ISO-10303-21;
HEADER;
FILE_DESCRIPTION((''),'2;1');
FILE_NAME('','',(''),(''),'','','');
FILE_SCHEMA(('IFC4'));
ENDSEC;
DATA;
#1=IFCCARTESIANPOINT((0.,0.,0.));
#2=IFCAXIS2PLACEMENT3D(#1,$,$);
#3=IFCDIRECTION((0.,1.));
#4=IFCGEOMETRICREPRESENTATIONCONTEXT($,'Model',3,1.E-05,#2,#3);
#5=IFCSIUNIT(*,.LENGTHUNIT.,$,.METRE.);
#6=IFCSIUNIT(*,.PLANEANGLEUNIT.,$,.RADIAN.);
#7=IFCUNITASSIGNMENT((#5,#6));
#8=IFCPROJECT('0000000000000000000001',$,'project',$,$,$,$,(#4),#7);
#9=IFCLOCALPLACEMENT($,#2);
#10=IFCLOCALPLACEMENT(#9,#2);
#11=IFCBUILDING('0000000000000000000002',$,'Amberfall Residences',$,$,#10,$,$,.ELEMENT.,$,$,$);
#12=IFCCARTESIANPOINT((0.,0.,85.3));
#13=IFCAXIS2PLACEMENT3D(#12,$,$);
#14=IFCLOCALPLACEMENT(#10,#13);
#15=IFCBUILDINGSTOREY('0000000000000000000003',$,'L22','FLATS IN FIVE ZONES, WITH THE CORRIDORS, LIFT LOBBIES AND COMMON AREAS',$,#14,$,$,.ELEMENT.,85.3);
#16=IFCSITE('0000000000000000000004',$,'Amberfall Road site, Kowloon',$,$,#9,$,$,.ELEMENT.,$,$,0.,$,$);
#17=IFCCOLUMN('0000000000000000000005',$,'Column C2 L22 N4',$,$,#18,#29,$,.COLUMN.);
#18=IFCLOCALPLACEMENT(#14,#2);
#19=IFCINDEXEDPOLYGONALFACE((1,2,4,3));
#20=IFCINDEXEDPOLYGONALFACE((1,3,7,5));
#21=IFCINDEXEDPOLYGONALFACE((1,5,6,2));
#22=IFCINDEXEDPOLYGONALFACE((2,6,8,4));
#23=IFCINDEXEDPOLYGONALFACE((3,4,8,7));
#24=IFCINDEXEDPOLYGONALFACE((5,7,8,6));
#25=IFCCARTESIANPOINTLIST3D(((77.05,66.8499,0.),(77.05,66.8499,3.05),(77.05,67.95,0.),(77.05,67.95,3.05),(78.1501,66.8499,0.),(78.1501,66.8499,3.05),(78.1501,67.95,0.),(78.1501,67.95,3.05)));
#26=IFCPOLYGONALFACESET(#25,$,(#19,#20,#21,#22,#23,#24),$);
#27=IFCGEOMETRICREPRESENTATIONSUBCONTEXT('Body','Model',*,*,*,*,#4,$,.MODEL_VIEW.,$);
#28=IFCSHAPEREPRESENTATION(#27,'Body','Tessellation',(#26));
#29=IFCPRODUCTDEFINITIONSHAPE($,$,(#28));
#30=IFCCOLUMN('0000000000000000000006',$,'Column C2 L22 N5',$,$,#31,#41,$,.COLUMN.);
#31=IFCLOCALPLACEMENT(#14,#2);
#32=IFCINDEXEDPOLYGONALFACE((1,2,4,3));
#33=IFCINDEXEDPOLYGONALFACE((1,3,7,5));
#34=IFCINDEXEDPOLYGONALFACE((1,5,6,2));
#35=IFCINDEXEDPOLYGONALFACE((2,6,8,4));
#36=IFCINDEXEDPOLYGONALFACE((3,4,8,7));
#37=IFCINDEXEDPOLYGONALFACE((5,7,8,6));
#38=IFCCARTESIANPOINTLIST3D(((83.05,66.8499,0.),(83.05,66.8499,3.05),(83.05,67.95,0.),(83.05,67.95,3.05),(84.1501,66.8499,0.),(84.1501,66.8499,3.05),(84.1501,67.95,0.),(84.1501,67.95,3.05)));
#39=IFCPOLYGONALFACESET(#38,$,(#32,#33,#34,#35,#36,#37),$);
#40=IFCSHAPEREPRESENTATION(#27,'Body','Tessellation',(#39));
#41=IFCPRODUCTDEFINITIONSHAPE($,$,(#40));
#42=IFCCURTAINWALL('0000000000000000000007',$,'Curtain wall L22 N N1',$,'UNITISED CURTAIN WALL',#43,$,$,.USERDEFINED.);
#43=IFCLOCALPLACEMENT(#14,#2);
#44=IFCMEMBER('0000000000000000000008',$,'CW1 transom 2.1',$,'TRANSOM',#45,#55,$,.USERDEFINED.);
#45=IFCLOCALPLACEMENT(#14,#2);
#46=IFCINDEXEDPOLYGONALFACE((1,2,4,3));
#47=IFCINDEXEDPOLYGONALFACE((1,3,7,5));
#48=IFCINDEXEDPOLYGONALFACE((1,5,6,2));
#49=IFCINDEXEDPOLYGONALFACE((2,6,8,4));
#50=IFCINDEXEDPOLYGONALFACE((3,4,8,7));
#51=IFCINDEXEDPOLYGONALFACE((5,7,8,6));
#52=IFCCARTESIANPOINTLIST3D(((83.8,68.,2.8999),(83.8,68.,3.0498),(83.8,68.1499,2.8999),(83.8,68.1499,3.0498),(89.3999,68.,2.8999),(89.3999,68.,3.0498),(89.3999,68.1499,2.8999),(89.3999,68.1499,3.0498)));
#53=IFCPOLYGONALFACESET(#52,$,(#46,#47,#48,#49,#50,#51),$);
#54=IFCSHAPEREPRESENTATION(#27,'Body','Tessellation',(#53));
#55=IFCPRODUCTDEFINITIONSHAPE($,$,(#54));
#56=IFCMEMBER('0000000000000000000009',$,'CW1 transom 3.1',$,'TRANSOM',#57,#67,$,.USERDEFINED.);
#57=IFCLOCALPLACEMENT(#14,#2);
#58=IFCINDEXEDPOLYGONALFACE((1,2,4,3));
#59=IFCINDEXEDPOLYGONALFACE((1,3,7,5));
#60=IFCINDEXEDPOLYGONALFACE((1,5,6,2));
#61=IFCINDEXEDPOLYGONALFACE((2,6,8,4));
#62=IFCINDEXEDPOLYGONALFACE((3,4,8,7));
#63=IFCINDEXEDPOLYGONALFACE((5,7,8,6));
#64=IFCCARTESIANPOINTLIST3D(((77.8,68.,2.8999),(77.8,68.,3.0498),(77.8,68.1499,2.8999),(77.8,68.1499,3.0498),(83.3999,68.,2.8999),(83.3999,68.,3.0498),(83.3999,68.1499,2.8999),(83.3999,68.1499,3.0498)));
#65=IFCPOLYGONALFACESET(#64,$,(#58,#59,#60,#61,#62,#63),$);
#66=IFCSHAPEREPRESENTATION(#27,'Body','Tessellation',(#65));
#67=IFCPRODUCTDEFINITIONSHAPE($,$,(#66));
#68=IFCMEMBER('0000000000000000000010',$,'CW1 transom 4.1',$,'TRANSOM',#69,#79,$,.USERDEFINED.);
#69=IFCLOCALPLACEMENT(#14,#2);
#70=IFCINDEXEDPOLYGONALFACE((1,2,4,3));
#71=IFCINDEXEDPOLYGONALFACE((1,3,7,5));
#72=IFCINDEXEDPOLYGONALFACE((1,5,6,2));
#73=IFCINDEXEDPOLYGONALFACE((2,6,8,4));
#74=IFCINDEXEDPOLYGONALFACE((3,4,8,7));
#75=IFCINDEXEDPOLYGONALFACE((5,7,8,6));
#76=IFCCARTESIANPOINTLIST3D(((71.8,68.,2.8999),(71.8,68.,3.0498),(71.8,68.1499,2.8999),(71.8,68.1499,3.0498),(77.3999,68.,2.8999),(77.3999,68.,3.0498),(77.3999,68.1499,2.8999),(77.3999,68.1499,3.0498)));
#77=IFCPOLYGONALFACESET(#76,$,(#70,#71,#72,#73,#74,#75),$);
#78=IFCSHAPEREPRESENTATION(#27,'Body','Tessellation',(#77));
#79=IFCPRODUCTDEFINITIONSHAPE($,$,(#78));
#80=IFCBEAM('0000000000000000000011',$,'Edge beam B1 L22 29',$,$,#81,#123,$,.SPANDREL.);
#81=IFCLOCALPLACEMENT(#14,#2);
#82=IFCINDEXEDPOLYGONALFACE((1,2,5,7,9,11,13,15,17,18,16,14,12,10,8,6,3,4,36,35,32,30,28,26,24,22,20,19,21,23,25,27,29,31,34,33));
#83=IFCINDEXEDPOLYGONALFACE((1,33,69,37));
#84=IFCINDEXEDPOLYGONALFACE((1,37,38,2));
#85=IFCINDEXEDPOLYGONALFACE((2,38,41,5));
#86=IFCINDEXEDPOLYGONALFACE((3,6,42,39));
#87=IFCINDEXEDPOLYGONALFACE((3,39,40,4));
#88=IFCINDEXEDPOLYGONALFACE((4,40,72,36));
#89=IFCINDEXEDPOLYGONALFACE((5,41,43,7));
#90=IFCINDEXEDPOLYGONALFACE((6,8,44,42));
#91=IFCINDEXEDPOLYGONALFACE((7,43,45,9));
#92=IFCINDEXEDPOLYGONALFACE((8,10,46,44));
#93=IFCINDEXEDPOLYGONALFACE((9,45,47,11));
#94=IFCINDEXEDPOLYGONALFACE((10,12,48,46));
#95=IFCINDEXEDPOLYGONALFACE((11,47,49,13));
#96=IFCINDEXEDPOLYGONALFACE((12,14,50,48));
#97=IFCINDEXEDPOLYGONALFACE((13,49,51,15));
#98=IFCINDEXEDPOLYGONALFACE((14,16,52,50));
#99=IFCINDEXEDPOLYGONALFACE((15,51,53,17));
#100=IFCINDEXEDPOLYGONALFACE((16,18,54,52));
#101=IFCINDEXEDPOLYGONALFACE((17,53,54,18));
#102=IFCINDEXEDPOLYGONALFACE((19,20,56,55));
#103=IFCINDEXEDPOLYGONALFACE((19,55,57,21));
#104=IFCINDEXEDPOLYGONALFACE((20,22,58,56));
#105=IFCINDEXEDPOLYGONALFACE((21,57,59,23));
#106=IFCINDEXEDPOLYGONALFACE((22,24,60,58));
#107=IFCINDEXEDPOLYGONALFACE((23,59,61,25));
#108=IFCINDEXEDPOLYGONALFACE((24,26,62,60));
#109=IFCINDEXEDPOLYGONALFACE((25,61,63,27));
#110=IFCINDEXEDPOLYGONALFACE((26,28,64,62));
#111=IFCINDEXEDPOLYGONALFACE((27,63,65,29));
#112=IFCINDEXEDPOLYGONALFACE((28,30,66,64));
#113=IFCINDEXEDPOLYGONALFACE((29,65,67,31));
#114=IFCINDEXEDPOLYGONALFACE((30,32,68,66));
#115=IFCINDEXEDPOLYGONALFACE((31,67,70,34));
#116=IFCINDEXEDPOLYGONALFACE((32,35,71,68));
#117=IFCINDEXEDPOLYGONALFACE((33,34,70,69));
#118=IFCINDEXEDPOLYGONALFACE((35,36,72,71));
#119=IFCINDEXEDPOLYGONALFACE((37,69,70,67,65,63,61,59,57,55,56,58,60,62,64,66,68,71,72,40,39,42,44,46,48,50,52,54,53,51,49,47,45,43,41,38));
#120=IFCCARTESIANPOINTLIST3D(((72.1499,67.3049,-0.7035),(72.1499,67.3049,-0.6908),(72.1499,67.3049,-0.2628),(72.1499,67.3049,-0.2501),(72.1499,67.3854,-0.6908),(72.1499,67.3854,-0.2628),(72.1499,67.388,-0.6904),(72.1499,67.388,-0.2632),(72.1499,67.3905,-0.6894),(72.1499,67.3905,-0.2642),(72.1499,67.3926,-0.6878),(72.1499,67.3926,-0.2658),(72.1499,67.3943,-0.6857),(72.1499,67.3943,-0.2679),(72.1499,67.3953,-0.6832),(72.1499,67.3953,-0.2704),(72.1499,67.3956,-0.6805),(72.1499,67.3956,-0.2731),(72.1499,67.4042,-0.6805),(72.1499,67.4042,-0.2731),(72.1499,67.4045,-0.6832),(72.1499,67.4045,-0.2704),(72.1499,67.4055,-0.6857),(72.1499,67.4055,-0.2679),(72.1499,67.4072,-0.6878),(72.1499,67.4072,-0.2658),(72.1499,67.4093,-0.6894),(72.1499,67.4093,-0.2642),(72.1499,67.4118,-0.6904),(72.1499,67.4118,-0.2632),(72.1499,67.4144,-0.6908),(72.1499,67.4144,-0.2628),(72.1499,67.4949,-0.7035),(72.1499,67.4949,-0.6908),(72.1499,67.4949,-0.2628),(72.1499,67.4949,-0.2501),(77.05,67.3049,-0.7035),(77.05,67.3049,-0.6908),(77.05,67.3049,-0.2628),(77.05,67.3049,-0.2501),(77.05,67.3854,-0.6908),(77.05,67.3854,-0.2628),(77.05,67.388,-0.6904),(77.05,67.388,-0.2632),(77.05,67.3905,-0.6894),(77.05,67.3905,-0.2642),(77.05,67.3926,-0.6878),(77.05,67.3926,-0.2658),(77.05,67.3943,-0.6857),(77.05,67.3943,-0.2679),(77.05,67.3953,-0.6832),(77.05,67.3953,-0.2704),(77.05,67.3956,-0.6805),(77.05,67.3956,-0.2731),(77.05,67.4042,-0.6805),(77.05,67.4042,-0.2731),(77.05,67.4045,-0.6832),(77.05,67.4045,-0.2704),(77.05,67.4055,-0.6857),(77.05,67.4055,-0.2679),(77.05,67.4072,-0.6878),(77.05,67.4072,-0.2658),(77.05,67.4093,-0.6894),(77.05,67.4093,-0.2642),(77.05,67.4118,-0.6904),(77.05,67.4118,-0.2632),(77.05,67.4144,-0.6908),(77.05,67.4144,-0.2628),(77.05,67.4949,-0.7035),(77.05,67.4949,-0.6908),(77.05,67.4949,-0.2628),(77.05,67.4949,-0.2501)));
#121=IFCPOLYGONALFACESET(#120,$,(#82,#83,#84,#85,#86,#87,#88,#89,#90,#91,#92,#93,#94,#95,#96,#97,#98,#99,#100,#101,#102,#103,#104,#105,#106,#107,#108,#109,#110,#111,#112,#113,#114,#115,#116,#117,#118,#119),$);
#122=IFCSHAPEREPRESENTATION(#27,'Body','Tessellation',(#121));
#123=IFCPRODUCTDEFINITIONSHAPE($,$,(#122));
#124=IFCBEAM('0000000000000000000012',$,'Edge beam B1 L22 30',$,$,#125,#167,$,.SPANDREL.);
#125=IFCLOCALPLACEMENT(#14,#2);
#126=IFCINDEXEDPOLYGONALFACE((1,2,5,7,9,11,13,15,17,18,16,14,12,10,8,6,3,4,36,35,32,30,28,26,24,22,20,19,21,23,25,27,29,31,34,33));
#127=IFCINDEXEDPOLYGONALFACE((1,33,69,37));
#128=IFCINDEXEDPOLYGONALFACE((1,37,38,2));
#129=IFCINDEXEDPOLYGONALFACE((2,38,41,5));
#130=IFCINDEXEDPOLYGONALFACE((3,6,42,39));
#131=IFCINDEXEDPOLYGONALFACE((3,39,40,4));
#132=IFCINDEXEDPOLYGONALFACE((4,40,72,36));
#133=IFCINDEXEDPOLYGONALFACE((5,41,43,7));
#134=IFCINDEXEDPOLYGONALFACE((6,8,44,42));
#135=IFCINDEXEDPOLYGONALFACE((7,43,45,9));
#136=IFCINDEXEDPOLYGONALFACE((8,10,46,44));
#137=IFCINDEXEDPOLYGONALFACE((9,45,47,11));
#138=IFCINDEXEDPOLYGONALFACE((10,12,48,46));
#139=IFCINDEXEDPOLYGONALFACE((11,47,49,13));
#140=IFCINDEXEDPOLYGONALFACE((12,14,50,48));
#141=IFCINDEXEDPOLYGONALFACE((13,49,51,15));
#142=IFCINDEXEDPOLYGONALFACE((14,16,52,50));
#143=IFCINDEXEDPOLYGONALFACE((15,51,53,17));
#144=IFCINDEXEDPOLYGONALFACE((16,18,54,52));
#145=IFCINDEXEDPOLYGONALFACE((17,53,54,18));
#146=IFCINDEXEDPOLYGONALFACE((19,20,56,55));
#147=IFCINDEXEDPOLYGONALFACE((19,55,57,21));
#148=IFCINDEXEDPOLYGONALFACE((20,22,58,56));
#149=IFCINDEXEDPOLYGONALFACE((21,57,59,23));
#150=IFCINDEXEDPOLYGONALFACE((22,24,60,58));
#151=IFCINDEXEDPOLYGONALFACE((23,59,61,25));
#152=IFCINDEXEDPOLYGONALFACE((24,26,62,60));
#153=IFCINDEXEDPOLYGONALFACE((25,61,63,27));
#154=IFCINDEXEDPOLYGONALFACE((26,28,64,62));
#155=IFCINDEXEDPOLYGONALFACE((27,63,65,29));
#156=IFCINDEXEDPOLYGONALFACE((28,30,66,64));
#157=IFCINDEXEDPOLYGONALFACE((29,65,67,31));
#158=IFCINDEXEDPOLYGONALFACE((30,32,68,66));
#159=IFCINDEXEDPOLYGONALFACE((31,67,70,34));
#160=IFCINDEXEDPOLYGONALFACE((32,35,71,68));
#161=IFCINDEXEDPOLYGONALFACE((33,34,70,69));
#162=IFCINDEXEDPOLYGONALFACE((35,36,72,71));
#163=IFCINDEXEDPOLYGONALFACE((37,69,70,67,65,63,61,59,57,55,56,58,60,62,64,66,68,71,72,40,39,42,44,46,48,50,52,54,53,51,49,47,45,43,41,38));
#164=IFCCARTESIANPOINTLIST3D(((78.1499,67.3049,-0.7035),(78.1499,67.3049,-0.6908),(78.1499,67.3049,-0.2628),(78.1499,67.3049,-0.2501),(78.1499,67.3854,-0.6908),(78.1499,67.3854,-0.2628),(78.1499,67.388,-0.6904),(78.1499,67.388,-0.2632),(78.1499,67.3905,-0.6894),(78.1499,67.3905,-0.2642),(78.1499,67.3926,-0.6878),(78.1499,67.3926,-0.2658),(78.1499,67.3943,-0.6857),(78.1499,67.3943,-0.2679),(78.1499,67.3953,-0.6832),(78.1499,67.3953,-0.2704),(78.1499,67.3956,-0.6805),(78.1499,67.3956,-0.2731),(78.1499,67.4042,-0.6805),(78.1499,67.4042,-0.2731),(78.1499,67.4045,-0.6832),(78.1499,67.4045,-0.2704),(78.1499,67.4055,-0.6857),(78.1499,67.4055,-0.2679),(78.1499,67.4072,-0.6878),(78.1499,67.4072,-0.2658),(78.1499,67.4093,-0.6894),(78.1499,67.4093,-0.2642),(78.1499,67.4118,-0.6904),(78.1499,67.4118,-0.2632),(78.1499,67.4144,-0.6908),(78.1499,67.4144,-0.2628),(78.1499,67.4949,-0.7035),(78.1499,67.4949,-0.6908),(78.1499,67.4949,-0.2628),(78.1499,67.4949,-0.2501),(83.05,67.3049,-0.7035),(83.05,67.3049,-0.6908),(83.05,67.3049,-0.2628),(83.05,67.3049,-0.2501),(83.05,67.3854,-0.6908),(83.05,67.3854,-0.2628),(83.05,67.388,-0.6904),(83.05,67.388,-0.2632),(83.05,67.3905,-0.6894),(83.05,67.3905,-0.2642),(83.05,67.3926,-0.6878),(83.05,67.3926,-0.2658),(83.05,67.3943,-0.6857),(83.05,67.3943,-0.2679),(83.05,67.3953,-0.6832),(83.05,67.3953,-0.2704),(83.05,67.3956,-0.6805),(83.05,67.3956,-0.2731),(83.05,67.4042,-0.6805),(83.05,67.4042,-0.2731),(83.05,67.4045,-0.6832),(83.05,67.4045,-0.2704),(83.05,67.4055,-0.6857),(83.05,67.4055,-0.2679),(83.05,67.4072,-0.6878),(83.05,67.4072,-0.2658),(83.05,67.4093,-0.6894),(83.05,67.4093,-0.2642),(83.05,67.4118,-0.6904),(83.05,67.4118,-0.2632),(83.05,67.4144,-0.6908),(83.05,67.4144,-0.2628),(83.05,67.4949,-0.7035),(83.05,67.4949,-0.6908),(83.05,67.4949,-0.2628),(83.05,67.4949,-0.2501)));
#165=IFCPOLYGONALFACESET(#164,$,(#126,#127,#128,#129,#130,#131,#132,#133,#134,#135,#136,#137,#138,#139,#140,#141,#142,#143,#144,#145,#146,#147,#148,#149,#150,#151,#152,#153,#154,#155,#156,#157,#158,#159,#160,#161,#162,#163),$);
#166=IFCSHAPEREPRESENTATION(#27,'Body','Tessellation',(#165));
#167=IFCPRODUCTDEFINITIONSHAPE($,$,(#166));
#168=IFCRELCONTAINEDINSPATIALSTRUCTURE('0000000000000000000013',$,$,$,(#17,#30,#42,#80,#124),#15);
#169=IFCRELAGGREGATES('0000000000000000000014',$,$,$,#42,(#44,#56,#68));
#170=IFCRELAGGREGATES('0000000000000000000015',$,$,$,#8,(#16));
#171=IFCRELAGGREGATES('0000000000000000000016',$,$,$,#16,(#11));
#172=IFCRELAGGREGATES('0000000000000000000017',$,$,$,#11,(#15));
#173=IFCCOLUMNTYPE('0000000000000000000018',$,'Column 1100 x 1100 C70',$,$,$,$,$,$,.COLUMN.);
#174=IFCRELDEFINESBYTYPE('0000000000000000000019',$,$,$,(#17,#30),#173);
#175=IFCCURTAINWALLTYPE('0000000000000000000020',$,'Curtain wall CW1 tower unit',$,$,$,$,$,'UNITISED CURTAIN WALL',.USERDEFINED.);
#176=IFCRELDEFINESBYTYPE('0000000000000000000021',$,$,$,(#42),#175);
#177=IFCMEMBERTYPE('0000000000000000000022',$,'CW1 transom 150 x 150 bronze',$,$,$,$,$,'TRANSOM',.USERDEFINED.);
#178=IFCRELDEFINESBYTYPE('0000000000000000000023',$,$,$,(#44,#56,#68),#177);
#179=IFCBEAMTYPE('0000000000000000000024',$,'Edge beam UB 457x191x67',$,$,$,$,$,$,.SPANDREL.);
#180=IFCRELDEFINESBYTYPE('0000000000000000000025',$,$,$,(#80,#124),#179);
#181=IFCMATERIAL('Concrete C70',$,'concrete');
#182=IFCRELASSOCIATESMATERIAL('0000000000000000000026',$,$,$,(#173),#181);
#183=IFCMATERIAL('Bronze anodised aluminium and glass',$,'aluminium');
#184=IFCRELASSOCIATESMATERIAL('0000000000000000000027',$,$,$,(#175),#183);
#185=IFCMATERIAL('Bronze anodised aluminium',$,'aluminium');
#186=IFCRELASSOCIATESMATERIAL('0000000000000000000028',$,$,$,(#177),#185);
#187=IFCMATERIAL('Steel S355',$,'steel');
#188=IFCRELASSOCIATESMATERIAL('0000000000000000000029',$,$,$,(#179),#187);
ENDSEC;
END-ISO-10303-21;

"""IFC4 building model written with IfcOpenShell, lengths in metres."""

from ifc_helpers import new_model, si_unit, direction, frame, origin, origin_2d, place, context, subcontext, project, spatial, rectangle, i_section, extrude, material, material_profile, profile_set, type_object, element, aggregate, save


model = new_model("IFC4")

# Units and contexts
model_context = context("Model", 3, precision=1e-05, world=origin(), true_north=direction((0.0, 1.0)))
body_context = subcontext(model_context, "Body", "Model", "MODEL_VIEW")
ifc_project = project(units=[si_unit("LENGTHUNIT", "METRE"), si_unit("PLANEANGLEUNIT", "RADIAN")], contexts=[model_context])

# Site, building, storey
site_placement = place(None, origin())
site = spatial("IfcSite", under=ifc_project, at=site_placement, Name="Amberfall Road site, Kowloon", CompositionType="ELEMENT", RefElevation=0.0)
building_placement = place(site_placement, origin())
building = spatial("IfcBuilding", under=site, at=building_placement, Name="Amberfall Residences", CompositionType="ELEMENT")
storey_placement = place(building_placement, frame((0.0, 0.0, 85.3)))
storey = spatial("IfcBuildingStorey", under=building, at=storey_placement, Name="L22", Description="FLATS IN FIVE ZONES, WITH THE CORRIDORS, LIFT LOBBIES AND COMMON AREAS", CompositionType="ELEMENT", Elevation=85.3)

# Columns
ifc_material_1 = material(Name="Concrete C70", Category="concrete")
ifc_material_profile_1 = material_profile(ifc_material_1, rectangle(XDim=1.1001, YDim=1.1001, at=origin_2d()), Name="Column 1100 x 1100 C70")
ifc_profile_set_1 = profile_set([ifc_material_profile_1], Name="Concrete C70")
column_type = type_object("IfcColumnType", Name="Column 1100 x 1100 C70", PredefinedType="COLUMN", material=ifc_profile_set_1)
for number, where, z_axis, x_axis, name in (
    (1, (77.6001, 67.3999, 0.0), (0.0, 0.0, 1.0), (1.0, 0.0, 0.0), "Column C2 L22 N4"),
    (2, (83.6001, 67.3999, 0.0), (0.0, 0.0, 1.0), (1.0, 0.0, 0.0), "Column C2 L22 N5"),
):
    element("IfcColumn", number, at=place(storey_placement, frame(where, z_axis=z_axis, x_axis=x_axis)), inside=storey, type_object=column_type, Name=name, PredefinedType="COLUMN", context=body_context, shape_type="SweptSolid", body=[
        extrude(rectangle(XDim=1.1001, YDim=1.1001, at=origin_2d()), origin(), (0.0, 0.0, 1.0), 3.05),
    ])

# Curtain wall, members
ifc_material_2 = material(Name="Bronze anodised aluminium and glass", Category="aluminium")
curtain_wall_type = type_object("IfcCurtainWallType", Name="Curtain wall CW1 tower unit", ElementType="UNITISED CURTAIN WALL", PredefinedType="USERDEFINED", material=ifc_material_2)
curtain_wall_placement = place(storey_placement, origin())
curtain_wall = element("IfcCurtainWall", 3, at=curtain_wall_placement, inside=storey, type_object=curtain_wall_type, Name="Curtain wall L22 N N1", ObjectType="UNITISED CURTAIN WALL", PredefinedType="USERDEFINED")
ifc_material_3 = material(Name="Bronze anodised aluminium", Category="aluminium")
ifc_material_profile_2 = material_profile(ifc_material_3, rectangle(XDim=0.1499, YDim=0.1499, at=origin_2d()), Name="CW1 transom 150 x 150 bronze")
ifc_profile_set_2 = profile_set([ifc_material_profile_2], Name="Bronze anodised aluminium")
member_type_1 = type_object("IfcMemberType", Name="CW1 transom 150 x 150 bronze", ElementType="TRANSOM", PredefinedType="USERDEFINED", material=ifc_profile_set_2)
member_1_placement = place(storey_placement, frame((89.3999, 68.075, 2.9749), z_axis=(-1.0, 0.0, 0.0), x_axis=(0.0, -1.0, 0.0)))
member_1 = element("IfcMember", 4, at=member_1_placement, type_object=member_type_1, Name="CW1 transom 2.1", ObjectType="TRANSOM", PredefinedType="USERDEFINED", context=body_context, shape_type="SweptSolid", body=[
    extrude(rectangle(XDim=0.1499, YDim=0.1499, at=origin_2d()), origin(), (0.0, 0.0, 1.0), 5.5999),
])
member_2_placement = place(storey_placement, frame((83.3999, 68.075, 2.9749), z_axis=(-1.0, 0.0, 0.0), x_axis=(0.0, -1.0, 0.0)))
member_2 = element("IfcMember", 5, at=member_2_placement, type_object=member_type_1, Name="CW1 transom 3.1", ObjectType="TRANSOM", PredefinedType="USERDEFINED", context=body_context, shape_type="SweptSolid", body=[
    extrude(rectangle(XDim=0.1499, YDim=0.1499, at=origin_2d()), origin(), (0.0, 0.0, 1.0), 5.5999),
])
member_3_placement = place(storey_placement, frame((77.3999, 68.075, 2.9749), z_axis=(-1.0, 0.0, 0.0), x_axis=(0.0, -1.0, 0.0)))
member_3 = element("IfcMember", 6, at=member_3_placement, type_object=member_type_1, Name="CW1 transom 4.1", ObjectType="TRANSOM", PredefinedType="USERDEFINED", context=body_context, shape_type="SweptSolid", body=[
    extrude(rectangle(XDim=0.1499, YDim=0.1499, at=origin_2d()), origin(), (0.0, 0.0, 1.0), 5.5999),
])

# Beams
ifc_material_4 = material(Name="Steel S355", Category="steel")
ifc_material_profile_3 = material_profile(ifc_material_4, i_section(OverallWidth=0.1899, OverallDepth=0.4534, WebThickness=0.0085, FlangeThickness=0.0127, FilletRadius=0.0103, at=origin_2d()), Name="UB 457x191x67")
ifc_profile_set_3 = profile_set([ifc_material_profile_3], Name="Steel S355")
beam_type_1 = type_object("IfcBeamType", Name="Edge beam UB 457x191x67", PredefinedType="SPANDREL", material=ifc_profile_set_3)
for number, where, z_axis, x_axis, name in (
    (7, (72.1499, 67.3999, -0.4768), (1.0, 0.0, 0.0), (0.0, 1.0, 0.0), "Edge beam B1 L22 29"),
    (8, (78.1499, 67.3999, -0.4768), (1.0, 0.0, 0.0), (0.0, 1.0, 0.0), "Edge beam B1 L22 30"),
):
    element("IfcBeam", number, at=place(storey_placement, frame(where, z_axis=z_axis, x_axis=x_axis)), inside=storey, type_object=beam_type_1, Name=name, PredefinedType="SPANDREL", context=body_context, shape_type="SweptSolid", body=[
        extrude(i_section(OverallWidth=0.1899, OverallDepth=0.4534, WebThickness=0.0085, FlangeThickness=0.0127, FilletRadius=0.0103, at=origin_2d()), origin(), (0.0, 0.0, 1.0), 4.9001),
    ])

aggregate(curtain_wall, [member_1, member_2, member_3])

save(model, "model.ifc")
